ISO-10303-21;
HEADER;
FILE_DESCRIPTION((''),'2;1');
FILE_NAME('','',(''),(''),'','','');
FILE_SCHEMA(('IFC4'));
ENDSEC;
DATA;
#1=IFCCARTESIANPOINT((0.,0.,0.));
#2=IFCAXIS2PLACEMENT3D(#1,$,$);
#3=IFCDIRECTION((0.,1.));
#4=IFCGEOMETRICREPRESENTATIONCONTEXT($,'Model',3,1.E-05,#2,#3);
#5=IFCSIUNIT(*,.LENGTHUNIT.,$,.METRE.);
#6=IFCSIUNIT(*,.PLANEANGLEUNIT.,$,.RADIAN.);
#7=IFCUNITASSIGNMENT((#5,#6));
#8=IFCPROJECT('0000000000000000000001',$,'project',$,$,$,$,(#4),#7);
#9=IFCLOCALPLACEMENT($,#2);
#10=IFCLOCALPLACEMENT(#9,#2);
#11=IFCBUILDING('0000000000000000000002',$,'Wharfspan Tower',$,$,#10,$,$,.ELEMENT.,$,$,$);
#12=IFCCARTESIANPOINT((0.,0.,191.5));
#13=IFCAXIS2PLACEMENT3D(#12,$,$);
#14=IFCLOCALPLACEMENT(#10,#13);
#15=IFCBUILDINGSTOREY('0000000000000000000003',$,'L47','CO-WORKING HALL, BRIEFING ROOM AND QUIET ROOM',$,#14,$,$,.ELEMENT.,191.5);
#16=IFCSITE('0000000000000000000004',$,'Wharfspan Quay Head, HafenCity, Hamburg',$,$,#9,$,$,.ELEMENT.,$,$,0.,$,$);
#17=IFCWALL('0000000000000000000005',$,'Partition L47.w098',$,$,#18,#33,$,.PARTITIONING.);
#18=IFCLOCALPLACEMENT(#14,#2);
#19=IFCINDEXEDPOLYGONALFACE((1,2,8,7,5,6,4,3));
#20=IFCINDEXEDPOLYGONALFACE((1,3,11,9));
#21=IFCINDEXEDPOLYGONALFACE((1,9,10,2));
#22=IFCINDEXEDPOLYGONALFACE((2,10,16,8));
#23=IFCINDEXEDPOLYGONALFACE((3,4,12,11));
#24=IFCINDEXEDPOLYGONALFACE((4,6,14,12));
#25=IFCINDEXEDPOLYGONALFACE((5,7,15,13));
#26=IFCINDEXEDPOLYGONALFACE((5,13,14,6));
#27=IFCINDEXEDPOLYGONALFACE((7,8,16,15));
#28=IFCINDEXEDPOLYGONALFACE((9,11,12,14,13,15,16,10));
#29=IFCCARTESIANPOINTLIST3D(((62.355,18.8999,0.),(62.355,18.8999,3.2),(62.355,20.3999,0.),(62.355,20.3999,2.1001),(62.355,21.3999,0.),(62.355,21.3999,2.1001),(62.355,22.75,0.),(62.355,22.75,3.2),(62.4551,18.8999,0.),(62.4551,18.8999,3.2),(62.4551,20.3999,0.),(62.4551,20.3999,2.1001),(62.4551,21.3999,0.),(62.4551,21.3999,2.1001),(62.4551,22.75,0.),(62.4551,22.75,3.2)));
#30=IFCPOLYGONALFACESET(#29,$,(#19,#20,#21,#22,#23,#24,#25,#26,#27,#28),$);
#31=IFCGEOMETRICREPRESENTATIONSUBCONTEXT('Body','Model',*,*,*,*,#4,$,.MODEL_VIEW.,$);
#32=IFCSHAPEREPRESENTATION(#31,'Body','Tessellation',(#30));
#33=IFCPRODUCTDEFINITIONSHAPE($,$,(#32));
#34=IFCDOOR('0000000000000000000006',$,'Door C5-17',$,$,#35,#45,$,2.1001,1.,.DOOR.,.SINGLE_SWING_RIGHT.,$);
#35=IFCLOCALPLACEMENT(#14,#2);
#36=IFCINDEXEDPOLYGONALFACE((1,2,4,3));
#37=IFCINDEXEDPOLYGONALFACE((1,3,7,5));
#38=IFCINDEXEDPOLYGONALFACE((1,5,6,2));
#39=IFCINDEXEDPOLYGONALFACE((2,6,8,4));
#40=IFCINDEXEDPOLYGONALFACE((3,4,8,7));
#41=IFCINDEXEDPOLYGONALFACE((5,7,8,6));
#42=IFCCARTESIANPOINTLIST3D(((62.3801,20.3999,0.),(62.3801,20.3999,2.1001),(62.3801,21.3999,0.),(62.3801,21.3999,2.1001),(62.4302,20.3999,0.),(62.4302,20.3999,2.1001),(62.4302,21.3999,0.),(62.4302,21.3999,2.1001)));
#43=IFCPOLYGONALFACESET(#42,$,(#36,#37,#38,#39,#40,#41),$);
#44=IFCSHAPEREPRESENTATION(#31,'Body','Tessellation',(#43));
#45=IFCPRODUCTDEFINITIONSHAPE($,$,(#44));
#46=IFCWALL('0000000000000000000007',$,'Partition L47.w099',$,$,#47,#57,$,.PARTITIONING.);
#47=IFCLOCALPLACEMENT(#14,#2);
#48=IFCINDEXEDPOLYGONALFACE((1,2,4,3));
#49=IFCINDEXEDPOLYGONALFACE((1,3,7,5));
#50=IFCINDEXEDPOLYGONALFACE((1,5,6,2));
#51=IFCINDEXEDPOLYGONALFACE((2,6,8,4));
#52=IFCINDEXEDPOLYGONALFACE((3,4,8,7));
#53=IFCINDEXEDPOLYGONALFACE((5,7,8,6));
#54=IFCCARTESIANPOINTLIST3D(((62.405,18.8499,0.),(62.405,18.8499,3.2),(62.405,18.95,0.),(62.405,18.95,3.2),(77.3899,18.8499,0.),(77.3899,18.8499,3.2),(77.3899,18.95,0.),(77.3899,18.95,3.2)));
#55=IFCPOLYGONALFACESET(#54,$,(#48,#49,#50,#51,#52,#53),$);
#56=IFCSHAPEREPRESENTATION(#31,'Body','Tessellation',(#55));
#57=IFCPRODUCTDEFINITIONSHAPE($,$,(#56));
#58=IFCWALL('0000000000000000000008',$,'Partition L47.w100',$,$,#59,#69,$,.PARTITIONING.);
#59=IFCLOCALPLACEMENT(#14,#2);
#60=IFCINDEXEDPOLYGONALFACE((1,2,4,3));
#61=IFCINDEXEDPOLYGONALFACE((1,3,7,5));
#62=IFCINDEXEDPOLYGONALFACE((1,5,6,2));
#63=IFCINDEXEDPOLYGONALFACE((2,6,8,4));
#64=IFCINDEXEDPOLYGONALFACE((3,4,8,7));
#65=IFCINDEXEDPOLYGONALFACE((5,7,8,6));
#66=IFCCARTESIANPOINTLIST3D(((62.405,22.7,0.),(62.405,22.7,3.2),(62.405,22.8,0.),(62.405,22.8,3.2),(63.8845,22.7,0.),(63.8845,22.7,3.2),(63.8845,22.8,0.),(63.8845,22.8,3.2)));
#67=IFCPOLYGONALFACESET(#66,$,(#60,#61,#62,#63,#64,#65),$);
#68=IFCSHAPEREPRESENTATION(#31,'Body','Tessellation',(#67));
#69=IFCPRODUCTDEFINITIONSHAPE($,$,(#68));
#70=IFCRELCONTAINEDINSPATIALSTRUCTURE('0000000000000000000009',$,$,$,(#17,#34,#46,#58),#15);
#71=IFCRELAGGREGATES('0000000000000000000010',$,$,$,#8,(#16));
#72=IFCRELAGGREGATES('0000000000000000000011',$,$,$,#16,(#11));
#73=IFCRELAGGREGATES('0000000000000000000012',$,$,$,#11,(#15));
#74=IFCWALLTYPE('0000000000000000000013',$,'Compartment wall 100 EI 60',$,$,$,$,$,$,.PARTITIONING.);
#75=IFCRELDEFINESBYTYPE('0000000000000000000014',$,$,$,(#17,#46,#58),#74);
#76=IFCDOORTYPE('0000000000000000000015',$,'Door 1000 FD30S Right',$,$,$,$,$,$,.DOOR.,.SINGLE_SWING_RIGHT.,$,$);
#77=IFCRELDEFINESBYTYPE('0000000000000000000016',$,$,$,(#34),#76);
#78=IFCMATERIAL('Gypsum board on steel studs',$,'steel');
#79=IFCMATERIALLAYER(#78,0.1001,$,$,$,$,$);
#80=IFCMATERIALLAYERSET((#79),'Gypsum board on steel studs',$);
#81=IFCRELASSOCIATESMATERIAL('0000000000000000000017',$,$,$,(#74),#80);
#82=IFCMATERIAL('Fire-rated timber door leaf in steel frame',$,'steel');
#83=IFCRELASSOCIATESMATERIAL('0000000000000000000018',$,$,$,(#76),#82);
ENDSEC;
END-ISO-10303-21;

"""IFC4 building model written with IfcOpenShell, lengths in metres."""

from ifc_helpers import new_model, si_unit, direction, frame, frame_2d, origin, place, context, subcontext, project, spatial, rectangle, extrude, material, layer, layer_set, type_object, element, fill, save


model = new_model("IFC4")

# Units and contexts
model_context = context("Model", 3, precision=1e-05, world=origin(), true_north=direction((0.0, 1.0)))
body_context = subcontext(model_context, "Body", "Model", "MODEL_VIEW")
ifc_project = project(units=[si_unit("LENGTHUNIT", "METRE"), si_unit("PLANEANGLEUNIT", "RADIAN")], contexts=[model_context])

# Site, building, storey
site_placement = place(None, origin())
site = spatial("IfcSite", under=ifc_project, at=site_placement, Name="Wharfspan Quay Head, HafenCity, Hamburg", CompositionType="ELEMENT", RefElevation=0.0)
building_placement = place(site_placement, origin())
building = spatial("IfcBuilding", under=site, at=building_placement, Name="Wharfspan Tower", CompositionType="ELEMENT")
storey_placement = place(building_placement, frame((0.0, 0.0, 191.5)))
storey = spatial("IfcBuildingStorey", under=building, at=storey_placement, Name="L47", Description="CO-WORKING HALL, BRIEFING ROOM AND QUIET ROOM", CompositionType="ELEMENT", Elevation=191.5)

# Shared definitions
ifc_material_1 = material(Name="Gypsum board on steel studs", Category="steel")
ifc_layer = layer(ifc_material_1, 0.1001)
ifc_layer_set = layer_set([ifc_layer], Name="Gypsum board on steel studs")
wall_type = type_object("IfcWallType", Name="Compartment wall 100 EI 60", PredefinedType="PARTITIONING", material=ifc_layer_set)

# Shared definitions
ifc_material_2 = material(Name="Fire-rated timber door leaf in steel frame", Category="steel")
door_type = type_object("IfcDoorType", Name="Door 1000 FD30S Right", OperationType="SINGLE_SWING_RIGHT", PredefinedType="DOOR", material=ifc_material_2)

# Wall, opening, door
wall_1_placement = place(storey_placement, frame((62.405, 18.8999, 0.0), z_axis=(0.0, 0.0, 1.0), x_axis=(0.0, 1.0, 0.0)))
wall_1 = element("IfcWall", 1, at=wall_1_placement, inside=storey, type_object=wall_type, Name="Partition L47.w098", PredefinedType="PARTITIONING", context=body_context, shape_type="SweptSolid", body=[
    extrude(rectangle(XDim=3.8501, YDim=0.1001, at=frame_2d((1.925, 0.0))), origin(), (0.0, 0.0, 1.0), 3.2),
])
opening_1_placement = place(wall_1_placement, frame((1.5, 0.0, 0.0)))
opening_1 = element("IfcOpeningElement", 2, at=opening_1_placement, cuts=wall_1, PredefinedType="OPENING", context=body_context, shape_type="SweptSolid", body=[
    extrude(rectangle(XDim=1.0, YDim=2.1001, at=frame_2d((0.5, 1.05))), frame((0.0, 0.0601, 0.0), z_axis=(0.0, -1.0, 0.0), x_axis=(1.0, 0.0, 0.0)), (0.0, 0.0, 1.0), 0.1201),
])
door_1_placement = place(opening_1_placement, origin())
door_1 = element("IfcDoor", 3, at=door_1_placement, inside=storey, type_object=door_type, Name="Door C5-17", OperationType="SINGLE_SWING_RIGHT", OverallHeight=2.1001, OverallWidth=1.0, PredefinedType="DOOR", context=body_context, shape_type="SweptSolid", body=[
    extrude(rectangle(XDim=1.0, YDim=2.1001, at=frame_2d((0.5, 1.05))), frame((0.0, 0.0249, 0.0), z_axis=(0.0, -1.0, 0.0), x_axis=(1.0, 0.0, 0.0)), (0.0, 0.0, 1.0), 0.05),
])
fill(opening_1, door_1)

# Walls
wall_2_placement = place(storey_placement, frame((62.405, 18.8999, 0.0), z_axis=(0.0, 0.0, 1.0), x_axis=(1.0, 0.0, 0.0)))
element("IfcWall", 4, at=wall_2_placement, inside=storey, type_object=wall_type, Name="Partition L47.w099", PredefinedType="PARTITIONING", context=body_context, shape_type="SweptSolid", body=[
    extrude(rectangle(XDim=14.9849, YDim=0.1001, at=frame_2d((7.4924, 0.0))), origin(), (0.0, 0.0, 1.0), 3.2),
])
wall_3_placement = place(storey_placement, frame((62.405, 22.75, 0.0), z_axis=(0.0, 0.0, 1.0), x_axis=(1.0, 0.0, 0.0)))
element("IfcWall", 5, at=wall_3_placement, inside=storey, type_object=wall_type, Name="Partition L47.w100", PredefinedType="PARTITIONING", context=body_context, shape_type="SweptSolid", body=[
    extrude(rectangle(XDim=1.4795, YDim=0.1001, at=frame_2d((0.7397, 0.0))), origin(), (0.0, 0.0, 1.0), 3.2),
])

save(model, "model.ifc")
